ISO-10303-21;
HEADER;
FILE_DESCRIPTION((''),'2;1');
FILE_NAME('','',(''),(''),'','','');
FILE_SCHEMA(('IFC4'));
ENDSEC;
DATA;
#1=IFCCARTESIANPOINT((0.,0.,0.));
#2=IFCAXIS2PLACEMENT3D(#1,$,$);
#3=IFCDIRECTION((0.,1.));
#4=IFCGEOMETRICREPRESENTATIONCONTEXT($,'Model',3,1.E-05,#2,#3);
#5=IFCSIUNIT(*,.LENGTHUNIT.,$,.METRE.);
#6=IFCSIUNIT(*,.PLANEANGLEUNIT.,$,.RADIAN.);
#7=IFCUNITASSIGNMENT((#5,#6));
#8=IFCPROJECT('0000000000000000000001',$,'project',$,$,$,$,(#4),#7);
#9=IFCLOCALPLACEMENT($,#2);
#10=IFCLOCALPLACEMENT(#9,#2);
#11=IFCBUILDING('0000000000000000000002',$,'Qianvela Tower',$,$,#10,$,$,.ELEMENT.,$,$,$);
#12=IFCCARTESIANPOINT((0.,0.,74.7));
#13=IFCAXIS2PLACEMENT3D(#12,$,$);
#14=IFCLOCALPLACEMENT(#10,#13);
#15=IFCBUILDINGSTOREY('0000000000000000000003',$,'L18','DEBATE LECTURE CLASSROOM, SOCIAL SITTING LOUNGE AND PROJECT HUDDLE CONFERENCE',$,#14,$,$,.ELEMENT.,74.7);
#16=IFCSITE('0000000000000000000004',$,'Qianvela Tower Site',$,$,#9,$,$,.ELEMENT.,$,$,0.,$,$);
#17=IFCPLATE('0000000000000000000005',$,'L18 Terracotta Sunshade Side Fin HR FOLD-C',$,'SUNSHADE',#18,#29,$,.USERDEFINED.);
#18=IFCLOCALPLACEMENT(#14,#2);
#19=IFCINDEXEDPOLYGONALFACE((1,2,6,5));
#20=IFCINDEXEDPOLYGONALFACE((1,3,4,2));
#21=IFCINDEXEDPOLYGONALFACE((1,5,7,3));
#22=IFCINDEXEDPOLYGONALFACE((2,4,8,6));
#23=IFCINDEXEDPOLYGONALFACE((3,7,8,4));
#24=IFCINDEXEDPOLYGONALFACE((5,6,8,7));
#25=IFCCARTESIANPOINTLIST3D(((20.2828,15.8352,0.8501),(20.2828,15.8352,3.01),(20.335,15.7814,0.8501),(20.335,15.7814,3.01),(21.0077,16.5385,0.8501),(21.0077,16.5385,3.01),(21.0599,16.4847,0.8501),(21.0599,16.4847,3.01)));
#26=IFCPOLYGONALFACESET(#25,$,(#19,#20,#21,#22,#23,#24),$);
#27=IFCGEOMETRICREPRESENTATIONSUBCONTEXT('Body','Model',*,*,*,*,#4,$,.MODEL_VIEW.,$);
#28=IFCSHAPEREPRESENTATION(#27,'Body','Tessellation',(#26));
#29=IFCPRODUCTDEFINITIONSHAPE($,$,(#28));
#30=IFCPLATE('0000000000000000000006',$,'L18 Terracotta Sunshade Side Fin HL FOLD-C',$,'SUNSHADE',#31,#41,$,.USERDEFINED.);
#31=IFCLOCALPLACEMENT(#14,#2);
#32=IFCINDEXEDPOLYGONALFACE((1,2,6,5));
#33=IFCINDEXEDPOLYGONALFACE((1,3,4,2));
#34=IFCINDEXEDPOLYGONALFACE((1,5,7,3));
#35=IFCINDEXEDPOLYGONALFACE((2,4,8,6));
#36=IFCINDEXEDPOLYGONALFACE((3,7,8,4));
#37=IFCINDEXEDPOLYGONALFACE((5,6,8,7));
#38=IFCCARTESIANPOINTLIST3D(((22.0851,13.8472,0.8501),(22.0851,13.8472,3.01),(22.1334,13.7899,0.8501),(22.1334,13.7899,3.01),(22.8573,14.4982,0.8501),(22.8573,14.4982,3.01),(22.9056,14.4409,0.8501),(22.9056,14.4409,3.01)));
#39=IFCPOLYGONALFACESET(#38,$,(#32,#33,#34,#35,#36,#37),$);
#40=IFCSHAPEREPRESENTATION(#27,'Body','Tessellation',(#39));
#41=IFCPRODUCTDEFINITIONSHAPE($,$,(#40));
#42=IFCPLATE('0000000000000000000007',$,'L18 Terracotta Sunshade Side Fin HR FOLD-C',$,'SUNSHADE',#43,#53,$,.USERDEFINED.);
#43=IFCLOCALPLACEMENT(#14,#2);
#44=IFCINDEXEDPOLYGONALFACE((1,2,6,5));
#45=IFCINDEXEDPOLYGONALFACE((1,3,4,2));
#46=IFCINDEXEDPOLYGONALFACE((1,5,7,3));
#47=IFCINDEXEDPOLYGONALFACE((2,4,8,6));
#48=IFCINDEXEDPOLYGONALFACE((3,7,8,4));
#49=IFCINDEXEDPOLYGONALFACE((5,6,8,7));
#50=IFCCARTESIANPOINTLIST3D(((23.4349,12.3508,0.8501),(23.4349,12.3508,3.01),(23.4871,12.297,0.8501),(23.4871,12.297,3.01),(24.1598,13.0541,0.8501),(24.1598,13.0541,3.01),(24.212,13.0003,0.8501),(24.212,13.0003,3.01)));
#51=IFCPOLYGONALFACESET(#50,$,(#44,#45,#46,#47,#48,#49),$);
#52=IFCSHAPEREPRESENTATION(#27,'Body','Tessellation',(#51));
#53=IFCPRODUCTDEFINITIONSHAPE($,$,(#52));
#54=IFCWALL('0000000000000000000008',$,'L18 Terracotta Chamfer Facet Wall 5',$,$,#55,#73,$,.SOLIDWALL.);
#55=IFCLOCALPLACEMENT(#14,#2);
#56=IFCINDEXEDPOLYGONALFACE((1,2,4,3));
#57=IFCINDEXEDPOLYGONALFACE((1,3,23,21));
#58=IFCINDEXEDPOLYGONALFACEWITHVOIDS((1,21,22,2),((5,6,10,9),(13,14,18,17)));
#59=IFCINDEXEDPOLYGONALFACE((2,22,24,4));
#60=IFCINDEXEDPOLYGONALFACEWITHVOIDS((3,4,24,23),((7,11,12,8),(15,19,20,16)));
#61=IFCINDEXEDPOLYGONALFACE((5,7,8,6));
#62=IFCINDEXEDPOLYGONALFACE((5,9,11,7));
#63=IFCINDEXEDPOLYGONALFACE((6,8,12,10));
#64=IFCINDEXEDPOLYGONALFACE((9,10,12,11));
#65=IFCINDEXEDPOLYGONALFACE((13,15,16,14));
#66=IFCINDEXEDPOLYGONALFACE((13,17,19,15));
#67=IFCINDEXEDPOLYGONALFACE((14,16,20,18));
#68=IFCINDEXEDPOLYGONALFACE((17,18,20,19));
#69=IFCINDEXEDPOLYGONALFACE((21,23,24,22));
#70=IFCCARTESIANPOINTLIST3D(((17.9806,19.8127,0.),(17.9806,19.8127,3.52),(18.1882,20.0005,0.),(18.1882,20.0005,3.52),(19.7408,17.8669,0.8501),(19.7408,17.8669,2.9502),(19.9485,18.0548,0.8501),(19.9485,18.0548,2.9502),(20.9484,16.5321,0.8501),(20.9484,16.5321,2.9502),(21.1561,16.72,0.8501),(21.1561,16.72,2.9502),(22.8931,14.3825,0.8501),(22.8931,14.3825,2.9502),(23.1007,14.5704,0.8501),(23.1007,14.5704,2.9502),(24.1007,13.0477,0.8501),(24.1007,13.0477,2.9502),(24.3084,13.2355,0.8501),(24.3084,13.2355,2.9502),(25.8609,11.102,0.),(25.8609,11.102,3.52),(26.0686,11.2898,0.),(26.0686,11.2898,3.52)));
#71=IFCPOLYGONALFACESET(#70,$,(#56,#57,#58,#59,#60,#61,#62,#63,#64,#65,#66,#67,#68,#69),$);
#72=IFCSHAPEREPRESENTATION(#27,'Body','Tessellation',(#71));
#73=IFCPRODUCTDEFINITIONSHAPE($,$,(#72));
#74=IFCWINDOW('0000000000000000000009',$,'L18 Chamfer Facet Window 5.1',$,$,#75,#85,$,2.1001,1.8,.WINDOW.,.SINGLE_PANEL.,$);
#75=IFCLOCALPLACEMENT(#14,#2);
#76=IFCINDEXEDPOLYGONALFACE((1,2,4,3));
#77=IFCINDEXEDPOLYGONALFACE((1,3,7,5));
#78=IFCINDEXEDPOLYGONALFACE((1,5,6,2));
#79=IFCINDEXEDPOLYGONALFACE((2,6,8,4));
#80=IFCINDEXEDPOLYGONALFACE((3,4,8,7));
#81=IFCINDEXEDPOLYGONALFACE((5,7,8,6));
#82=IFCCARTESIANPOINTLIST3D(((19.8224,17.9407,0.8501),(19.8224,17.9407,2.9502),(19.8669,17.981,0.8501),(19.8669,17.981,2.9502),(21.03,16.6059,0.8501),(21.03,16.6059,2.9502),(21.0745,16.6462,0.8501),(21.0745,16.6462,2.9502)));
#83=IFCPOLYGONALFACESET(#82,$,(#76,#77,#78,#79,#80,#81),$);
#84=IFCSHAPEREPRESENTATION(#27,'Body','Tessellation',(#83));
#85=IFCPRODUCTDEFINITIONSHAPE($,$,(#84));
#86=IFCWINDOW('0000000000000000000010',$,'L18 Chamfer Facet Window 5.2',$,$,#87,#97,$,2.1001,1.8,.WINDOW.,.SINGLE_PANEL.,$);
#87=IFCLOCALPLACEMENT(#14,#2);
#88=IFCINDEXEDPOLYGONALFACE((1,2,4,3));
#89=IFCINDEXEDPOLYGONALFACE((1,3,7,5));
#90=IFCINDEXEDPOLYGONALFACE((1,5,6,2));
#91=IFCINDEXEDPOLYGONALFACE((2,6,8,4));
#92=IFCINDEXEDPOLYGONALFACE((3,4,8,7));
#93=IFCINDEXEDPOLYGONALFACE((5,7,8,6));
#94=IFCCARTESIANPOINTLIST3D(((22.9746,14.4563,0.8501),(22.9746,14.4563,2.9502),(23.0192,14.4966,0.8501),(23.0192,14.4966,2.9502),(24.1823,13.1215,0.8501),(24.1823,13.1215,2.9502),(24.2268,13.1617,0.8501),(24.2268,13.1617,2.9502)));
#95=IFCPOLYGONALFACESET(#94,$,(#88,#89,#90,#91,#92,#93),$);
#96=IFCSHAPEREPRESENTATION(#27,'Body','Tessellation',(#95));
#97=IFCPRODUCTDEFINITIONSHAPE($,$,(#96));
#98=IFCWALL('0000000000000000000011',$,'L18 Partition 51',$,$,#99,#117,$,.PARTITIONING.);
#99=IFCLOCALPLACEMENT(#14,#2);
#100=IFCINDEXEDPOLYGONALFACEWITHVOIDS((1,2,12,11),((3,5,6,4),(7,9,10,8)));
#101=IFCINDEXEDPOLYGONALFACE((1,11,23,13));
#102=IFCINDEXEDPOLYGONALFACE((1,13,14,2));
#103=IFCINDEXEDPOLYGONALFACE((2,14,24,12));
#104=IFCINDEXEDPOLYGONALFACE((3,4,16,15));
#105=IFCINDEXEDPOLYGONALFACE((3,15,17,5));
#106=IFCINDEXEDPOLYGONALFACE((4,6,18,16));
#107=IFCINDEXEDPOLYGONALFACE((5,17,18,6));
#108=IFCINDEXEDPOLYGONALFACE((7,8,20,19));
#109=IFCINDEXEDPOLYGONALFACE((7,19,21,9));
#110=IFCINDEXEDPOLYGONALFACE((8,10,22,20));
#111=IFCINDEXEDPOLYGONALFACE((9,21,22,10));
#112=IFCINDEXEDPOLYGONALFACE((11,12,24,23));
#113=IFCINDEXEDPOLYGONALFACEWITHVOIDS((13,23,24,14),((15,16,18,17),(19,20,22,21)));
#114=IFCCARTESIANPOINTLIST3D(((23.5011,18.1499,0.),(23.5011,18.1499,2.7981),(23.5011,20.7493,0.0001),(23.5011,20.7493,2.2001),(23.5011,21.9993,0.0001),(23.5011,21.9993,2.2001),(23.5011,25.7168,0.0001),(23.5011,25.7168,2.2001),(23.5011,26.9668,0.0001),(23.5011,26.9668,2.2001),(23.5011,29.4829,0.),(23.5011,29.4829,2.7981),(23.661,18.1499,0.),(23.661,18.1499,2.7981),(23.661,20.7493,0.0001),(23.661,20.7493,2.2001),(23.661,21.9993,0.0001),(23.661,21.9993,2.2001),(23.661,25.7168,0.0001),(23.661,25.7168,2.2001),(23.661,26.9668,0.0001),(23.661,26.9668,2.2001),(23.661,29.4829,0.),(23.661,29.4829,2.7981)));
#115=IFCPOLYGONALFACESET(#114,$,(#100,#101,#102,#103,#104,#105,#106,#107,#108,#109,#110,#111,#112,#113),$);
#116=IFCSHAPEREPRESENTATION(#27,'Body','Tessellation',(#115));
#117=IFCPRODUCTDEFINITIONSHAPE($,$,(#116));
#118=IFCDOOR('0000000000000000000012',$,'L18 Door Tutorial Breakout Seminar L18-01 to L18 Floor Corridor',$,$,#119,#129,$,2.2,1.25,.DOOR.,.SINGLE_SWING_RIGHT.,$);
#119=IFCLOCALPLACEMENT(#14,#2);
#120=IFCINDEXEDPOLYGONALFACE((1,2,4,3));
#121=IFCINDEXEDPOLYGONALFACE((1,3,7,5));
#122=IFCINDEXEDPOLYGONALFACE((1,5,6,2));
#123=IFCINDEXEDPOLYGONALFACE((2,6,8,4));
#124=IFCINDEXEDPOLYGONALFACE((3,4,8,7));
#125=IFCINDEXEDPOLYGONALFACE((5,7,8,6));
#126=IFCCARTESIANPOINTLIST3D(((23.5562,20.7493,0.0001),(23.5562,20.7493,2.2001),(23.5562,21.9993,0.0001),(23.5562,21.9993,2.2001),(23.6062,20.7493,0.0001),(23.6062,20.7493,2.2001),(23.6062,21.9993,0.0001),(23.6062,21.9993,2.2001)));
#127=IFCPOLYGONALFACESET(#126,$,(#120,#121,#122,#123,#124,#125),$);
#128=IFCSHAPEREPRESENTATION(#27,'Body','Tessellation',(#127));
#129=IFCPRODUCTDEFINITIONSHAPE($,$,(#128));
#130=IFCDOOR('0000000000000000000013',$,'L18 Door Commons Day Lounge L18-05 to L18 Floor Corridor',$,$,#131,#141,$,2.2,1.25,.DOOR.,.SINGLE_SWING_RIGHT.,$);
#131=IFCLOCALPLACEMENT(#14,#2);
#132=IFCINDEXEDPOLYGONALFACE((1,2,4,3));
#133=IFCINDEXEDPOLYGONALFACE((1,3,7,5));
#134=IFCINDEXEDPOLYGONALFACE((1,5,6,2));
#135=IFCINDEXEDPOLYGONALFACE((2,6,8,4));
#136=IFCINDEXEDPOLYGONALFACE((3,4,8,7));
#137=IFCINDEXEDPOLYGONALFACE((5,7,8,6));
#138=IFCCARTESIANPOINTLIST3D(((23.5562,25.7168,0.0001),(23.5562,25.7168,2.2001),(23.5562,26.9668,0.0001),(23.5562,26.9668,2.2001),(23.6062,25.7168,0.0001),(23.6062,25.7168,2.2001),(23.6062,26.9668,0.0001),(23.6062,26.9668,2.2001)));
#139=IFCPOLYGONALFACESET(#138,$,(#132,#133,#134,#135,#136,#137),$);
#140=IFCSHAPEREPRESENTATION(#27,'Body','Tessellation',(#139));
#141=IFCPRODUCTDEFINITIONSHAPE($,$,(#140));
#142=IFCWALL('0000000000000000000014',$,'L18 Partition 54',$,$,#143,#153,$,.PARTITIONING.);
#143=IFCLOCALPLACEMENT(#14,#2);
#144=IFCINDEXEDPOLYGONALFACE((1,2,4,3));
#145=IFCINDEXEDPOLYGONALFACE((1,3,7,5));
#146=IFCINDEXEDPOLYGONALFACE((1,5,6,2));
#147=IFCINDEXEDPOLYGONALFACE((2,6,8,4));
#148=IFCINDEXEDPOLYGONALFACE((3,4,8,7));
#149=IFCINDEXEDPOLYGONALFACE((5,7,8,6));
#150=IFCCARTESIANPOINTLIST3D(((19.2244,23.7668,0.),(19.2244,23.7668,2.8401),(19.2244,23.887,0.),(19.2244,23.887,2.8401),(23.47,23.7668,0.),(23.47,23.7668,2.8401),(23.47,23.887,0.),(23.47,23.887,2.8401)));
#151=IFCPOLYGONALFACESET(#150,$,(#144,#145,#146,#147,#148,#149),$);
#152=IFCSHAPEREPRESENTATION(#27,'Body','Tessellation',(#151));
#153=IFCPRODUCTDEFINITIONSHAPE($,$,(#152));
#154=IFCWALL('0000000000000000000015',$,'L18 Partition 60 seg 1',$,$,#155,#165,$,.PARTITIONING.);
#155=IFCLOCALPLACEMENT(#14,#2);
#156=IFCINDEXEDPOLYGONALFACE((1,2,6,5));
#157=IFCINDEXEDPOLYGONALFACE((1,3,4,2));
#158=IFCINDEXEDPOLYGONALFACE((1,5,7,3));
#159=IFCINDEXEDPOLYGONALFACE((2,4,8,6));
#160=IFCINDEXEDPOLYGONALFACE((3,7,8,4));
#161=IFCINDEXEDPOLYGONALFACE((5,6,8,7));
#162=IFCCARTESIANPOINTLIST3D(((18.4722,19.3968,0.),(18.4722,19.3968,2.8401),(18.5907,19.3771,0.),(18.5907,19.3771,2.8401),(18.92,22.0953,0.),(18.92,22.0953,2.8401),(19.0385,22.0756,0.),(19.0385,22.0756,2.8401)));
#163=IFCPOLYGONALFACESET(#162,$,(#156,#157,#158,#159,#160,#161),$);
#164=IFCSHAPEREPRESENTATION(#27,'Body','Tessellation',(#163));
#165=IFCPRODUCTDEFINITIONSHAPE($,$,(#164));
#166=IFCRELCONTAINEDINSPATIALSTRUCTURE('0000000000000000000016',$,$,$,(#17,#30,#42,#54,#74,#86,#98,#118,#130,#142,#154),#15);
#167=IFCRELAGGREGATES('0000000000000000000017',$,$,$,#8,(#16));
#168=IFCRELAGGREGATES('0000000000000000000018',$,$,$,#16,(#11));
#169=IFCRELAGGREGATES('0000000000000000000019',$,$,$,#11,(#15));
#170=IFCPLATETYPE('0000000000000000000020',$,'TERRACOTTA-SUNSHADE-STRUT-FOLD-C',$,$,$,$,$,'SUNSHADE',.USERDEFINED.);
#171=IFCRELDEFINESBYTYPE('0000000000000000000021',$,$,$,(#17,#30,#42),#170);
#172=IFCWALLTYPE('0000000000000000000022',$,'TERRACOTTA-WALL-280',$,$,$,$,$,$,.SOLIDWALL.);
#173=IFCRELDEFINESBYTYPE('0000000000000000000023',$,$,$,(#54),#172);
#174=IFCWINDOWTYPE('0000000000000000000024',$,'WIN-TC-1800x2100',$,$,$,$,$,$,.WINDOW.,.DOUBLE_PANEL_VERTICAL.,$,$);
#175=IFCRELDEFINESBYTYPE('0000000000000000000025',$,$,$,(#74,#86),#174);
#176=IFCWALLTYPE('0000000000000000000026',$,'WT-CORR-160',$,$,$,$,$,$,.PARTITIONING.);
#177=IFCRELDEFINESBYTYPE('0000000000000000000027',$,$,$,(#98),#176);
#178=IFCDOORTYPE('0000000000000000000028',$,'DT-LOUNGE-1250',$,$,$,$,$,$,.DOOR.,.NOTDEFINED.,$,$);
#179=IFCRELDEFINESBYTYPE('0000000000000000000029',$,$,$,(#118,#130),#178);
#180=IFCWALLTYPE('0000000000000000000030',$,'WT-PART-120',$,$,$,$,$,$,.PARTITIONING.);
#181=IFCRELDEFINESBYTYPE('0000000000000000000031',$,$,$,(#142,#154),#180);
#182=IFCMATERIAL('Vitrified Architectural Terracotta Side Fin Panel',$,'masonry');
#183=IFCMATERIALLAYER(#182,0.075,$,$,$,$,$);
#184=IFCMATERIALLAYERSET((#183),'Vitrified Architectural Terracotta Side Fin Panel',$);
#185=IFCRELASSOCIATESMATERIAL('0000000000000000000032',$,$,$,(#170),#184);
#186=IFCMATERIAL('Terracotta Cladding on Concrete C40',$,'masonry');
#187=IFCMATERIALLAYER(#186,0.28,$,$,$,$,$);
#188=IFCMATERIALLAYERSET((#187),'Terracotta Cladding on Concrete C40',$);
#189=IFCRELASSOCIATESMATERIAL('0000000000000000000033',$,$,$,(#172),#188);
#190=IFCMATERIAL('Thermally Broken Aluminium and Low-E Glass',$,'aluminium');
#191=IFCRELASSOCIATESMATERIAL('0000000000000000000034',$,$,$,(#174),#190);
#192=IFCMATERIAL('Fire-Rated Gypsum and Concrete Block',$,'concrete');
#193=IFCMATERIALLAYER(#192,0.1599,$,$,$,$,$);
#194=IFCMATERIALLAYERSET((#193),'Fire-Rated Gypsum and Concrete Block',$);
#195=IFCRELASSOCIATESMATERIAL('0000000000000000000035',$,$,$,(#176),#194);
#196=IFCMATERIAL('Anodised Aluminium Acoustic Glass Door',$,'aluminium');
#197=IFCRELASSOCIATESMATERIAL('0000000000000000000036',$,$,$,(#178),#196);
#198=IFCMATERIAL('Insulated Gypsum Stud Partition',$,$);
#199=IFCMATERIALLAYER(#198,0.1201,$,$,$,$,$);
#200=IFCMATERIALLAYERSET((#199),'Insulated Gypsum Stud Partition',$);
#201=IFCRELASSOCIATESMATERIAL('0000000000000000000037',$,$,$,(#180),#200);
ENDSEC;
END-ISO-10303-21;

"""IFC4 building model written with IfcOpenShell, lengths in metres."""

from ifc_helpers import new_model, si_unit, direction, frame, frame_2d, origin, origin_2d, place, context, subcontext, project, spatial, rectangle, extrude, material, layer, layer_set, type_object, element, fill, save


model = new_model("IFC4")

# Units and contexts
model_context = context("Model", 3, precision=1e-05, world=origin(), true_north=direction((0.0, 1.0)))
body_context = subcontext(model_context, "Body", "Model", "MODEL_VIEW")
ifc_project = project(units=[si_unit("LENGTHUNIT", "METRE"), si_unit("PLANEANGLEUNIT", "RADIAN")], contexts=[model_context])

# Site, building, storey
site_placement = place(None, origin())
site = spatial("IfcSite", under=ifc_project, at=site_placement, Name="Qianvela Tower Site", CompositionType="ELEMENT", RefElevation=0.0)
building_placement = place(site_placement, origin())
building = spatial("IfcBuilding", under=site, at=building_placement, Name="Qianvela Tower", CompositionType="ELEMENT")
storey_placement = place(building_placement, frame((0.0, 0.0, 74.7)))
storey = spatial("IfcBuildingStorey", under=building, at=storey_placement, Name="L18", Description="DEBATE LECTURE CLASSROOM, SOCIAL SITTING LOUNGE AND PROJECT HUDDLE CONFERENCE", CompositionType="ELEMENT", Elevation=74.7)

# Plates
ifc_material_1 = material(Name="Vitrified Architectural Terracotta Side Fin Panel", Category="masonry")
ifc_layer_1 = layer(ifc_material_1, 0.075)
ifc_layer_set_1 = layer_set([ifc_layer_1], Name="Vitrified Architectural Terracotta Side Fin Panel")
plate_type_1 = type_object("IfcPlateType", Name="TERRACOTTA-SUNSHADE-STRUT-FOLD-C", ElementType="SUNSHADE", PredefinedType="USERDEFINED", material=ifc_layer_set_1)
for number, where, z_axis, x_axis, name in (
    (1, (20.6714, 16.1599, 0.8501), (0.0, 0.0, 1.0), (0.696339, -0.717713, 0.0), "L18 Terracotta Sunshade Side Fin HR FOLD-C"),
    (2, (22.4954, 14.144, 0.8501), (0.0, 0.0, 1.0), (0.644577, -0.764539, 0.0), "L18 Terracotta Sunshade Side Fin HL FOLD-C"),
    (3, (23.8235, 12.6755, 0.8501), (0.0, 0.0, 1.0), (0.696339, -0.717713, 0.0), "L18 Terracotta Sunshade Side Fin HR FOLD-C"),
):
    element("IfcPlate", number, at=place(storey_placement, frame(where, z_axis=z_axis, x_axis=x_axis)), inside=storey, type_object=plate_type_1, Name=name, ObjectType="SUNSHADE", PredefinedType="USERDEFINED", context=body_context, shape_type="SweptSolid", body=[
        extrude(rectangle(XDim=0.075, YDim=1.01, at=origin_2d()), origin(), (0.0, 0.0, 1.0), 2.1599),
    ])

# Wall, openings, windows
ifc_material_2 = material(Name="Terracotta Cladding on Concrete C40", Category="masonry")
ifc_layer_2 = layer(ifc_material_2, 0.28)
ifc_layer_set_2 = layer_set([ifc_layer_2], Name="Terracotta Cladding on Concrete C40")
wall_type_1 = type_object("IfcWallType", Name="TERRACOTTA-WALL-280", PredefinedType="SOLIDWALL", material=ifc_layer_set_2)
wall_1_placement = place(storey_placement, frame((18.0845, 19.9065, 0.0), z_axis=(0.0, 0.0, 1.0), x_axis=(0.670879, -0.741567, 0.0)))
wall_1 = element("IfcWall", 4, at=wall_1_placement, inside=storey, type_object=wall_type_1, Name="L18 Terracotta Chamfer Facet Wall 5", PredefinedType="SOLIDWALL", context=body_context, shape_type="SweptSolid", body=[
    extrude(rectangle(XDim=11.7463, YDim=0.28, at=frame_2d((5.873, 0.0))), origin(), (0.0, 0.0, 1.0), 3.52),
])
opening_1_placement = place(wall_1_placement, frame((2.6238, 0.0, 0.8501)))
opening_1 = element("IfcOpeningElement", 5, at=opening_1_placement, cuts=wall_1, PredefinedType="OPENING", context=body_context, shape_type="SweptSolid", body=[
    extrude(rectangle(XDim=1.8, YDim=2.1001, at=frame_2d((0.8999, 1.05))), frame((0.0, 0.1499, 0.0), z_axis=(0.0, -1.0, 0.0), x_axis=(1.0, 0.0, 0.0)), (0.0, 0.0, 1.0), 0.3),
])
opening_2_placement = place(wall_1_placement, frame((7.3225, 0.0, 0.8501)))
opening_2 = element("IfcOpeningElement", 6, at=opening_2_placement, cuts=wall_1, PredefinedType="OPENING", context=body_context, shape_type="SweptSolid", body=[
    extrude(rectangle(XDim=1.8, YDim=2.1001, at=frame_2d((0.8999, 1.05))), frame((0.0, 0.1499, 0.0), z_axis=(0.0, -1.0, 0.0), x_axis=(1.0, 0.0, 0.0)), (0.0, 0.0, 1.0), 0.3),
])
ifc_material_3 = material(Name="Thermally Broken Aluminium and Low-E Glass", Category="aluminium")
window_type = type_object("IfcWindowType", Name="WIN-TC-1800x2100", PartitioningType="DOUBLE_PANEL_VERTICAL", PredefinedType="WINDOW", material=ifc_material_3)
window_1_placement = place(opening_1_placement, origin())
window_1 = element("IfcWindow", 7, at=window_1_placement, inside=storey, type_object=window_type, Name="L18 Chamfer Facet Window 5.1", OverallHeight=2.1001, OverallWidth=1.8, PartitioningType="SINGLE_PANEL", PredefinedType="WINDOW", context=body_context, shape_type="SweptSolid", body=[
    extrude(rectangle(XDim=1.8, YDim=2.1001, at=frame_2d((0.8999, 1.05))), frame((0.0, 0.03, 0.0), z_axis=(0.0, -1.0, 0.0), x_axis=(1.0, 0.0, 0.0)), (0.0, 0.0, 1.0), 0.0601),
])
fill(opening_1, window_1)
window_2_placement = place(opening_2_placement, origin())
window_2 = element("IfcWindow", 8, at=window_2_placement, inside=storey, type_object=window_type, Name="L18 Chamfer Facet Window 5.2", OverallHeight=2.1001, OverallWidth=1.8, PartitioningType="SINGLE_PANEL", PredefinedType="WINDOW", context=body_context, shape_type="SweptSolid", body=[
    extrude(rectangle(XDim=1.8, YDim=2.1001, at=frame_2d((0.8999, 1.05))), frame((0.0, 0.03, 0.0), z_axis=(0.0, -1.0, 0.0), x_axis=(1.0, 0.0, 0.0)), (0.0, 0.0, 1.0), 0.0601),
])
fill(opening_2, window_2)

# Wall, openings, doors
ifc_material_4 = material(Name="Fire-Rated Gypsum and Concrete Block", Category="concrete")
ifc_layer_3 = layer(ifc_material_4, 0.1599)
ifc_layer_set_3 = layer_set([ifc_layer_3], Name="Fire-Rated Gypsum and Concrete Block")
wall_type_2 = type_object("IfcWallType", Name="WT-CORR-160", PredefinedType="PARTITIONING", material=ifc_layer_set_3)
wall_2_placement = place(storey_placement, frame((23.5811, 18.1499, 0.0), z_axis=(0.0, 0.0, 1.0), x_axis=(0.0, 1.0, 0.0)))
wall_2 = element("IfcWall", 9, at=wall_2_placement, inside=storey, type_object=wall_type_2, Name="L18 Partition 51", PredefinedType="PARTITIONING", context=body_context, shape_type="SweptSolid", body=[
    extrude(rectangle(XDim=11.333, YDim=0.1599, at=frame_2d((5.6665, 0.0))), origin(), (0.0, 0.0, 1.0), 2.7981),
])
opening_3_placement = place(wall_2_placement, frame((2.5994, 0.0, 0.0)))
opening_3 = element("IfcOpeningElement", 10, at=opening_3_placement, cuts=wall_2, PredefinedType="OPENING", context=body_context, shape_type="SweptSolid", body=[
    extrude(rectangle(XDim=1.25, YDim=2.2, at=frame_2d((0.625, 1.1001))), frame((0.0, 0.0898, 0.0), z_axis=(0.0, -1.0, 0.0), x_axis=(1.0, 0.0, 0.0)), (0.0, 0.0, 1.0), 0.1799),
])
opening_4_placement = place(wall_2_placement, frame((7.5669, 0.0, 0.0)))
opening_4 = element("IfcOpeningElement", 11, at=opening_4_placement, cuts=wall_2, PredefinedType="OPENING", context=body_context, shape_type="SweptSolid", body=[
    extrude(rectangle(XDim=1.25, YDim=2.2, at=frame_2d((0.625, 1.1001))), frame((0.0, 0.0898, 0.0), z_axis=(0.0, -1.0, 0.0), x_axis=(1.0, 0.0, 0.0)), (0.0, 0.0, 1.0), 0.1799),
])
ifc_material_5 = material(Name="Anodised Aluminium Acoustic Glass Door", Category="aluminium")
door_type = type_object("IfcDoorType", Name="DT-LOUNGE-1250", OperationType="NOTDEFINED", PredefinedType="DOOR", material=ifc_material_5)
door_1_placement = place(opening_3_placement, origin())
door_1 = element("IfcDoor", 12, at=door_1_placement, inside=storey, type_object=door_type, Name="L18 Door Tutorial Breakout Seminar L18-01 to L18 Floor Corridor", OperationType="SINGLE_SWING_RIGHT", OverallHeight=2.2, OverallWidth=1.25, PredefinedType="DOOR", context=body_context, shape_type="SweptSolid", body=[
    extrude(rectangle(XDim=1.25, YDim=2.2, at=frame_2d((0.625, 1.1001))), frame((0.0, 0.0249, 0.0), z_axis=(0.0, -1.0, 0.0), x_axis=(1.0, 0.0, 0.0)), (0.0, 0.0, 1.0), 0.05),
])
fill(opening_3, door_1)
door_2_placement = place(opening_4_placement, origin())
door_2 = element("IfcDoor", 13, at=door_2_placement, inside=storey, type_object=door_type, Name="L18 Door Commons Day Lounge L18-05 to L18 Floor Corridor", OperationType="SINGLE_SWING_RIGHT", OverallHeight=2.2, OverallWidth=1.25, PredefinedType="DOOR", context=body_context, shape_type="SweptSolid", body=[
    extrude(rectangle(XDim=1.25, YDim=2.2, at=frame_2d((0.625, 1.1001))), frame((0.0, 0.0249, 0.0), z_axis=(0.0, -1.0, 0.0), x_axis=(1.0, 0.0, 0.0)), (0.0, 0.0, 1.0), 0.05),
])
fill(opening_4, door_2)

# Walls
ifc_material_6 = material(Name="Insulated Gypsum Stud Partition")
ifc_layer_4 = layer(ifc_material_6, 0.1201)
ifc_layer_set_4 = layer_set([ifc_layer_4], Name="Insulated Gypsum Stud Partition")
wall_type_3 = type_object("IfcWallType", Name="WT-PART-120", PredefinedType="PARTITIONING", material=ifc_layer_set_4)
wall_3_placement = place(storey_placement, frame((19.2244, 23.8269, 0.0), z_axis=(0.0, 0.0, 1.0), x_axis=(1.0, 0.0, 0.0)))
element("IfcWall", 14, at=wall_3_placement, inside=storey, type_object=wall_type_3, Name="L18 Partition 54", PredefinedType="PARTITIONING", context=body_context, shape_type="SweptSolid", body=[
    extrude(rectangle(XDim=4.2456, YDim=0.1201, at=frame_2d((2.1228, 0.0))), origin(), (0.0, 0.0, 1.0), 2.8401),
])
wall_4_placement = place(storey_placement, frame((18.5315, 19.387, 0.0), z_axis=(0.0, 0.0, 1.0), x_axis=(0.16369, 0.986512, 0.0)))
element("IfcWall", 15, at=wall_4_placement, inside=storey, type_object=wall_type_3, Name="L18 Partition 60 seg 1", PredefinedType="PARTITIONING", context=body_context, shape_type="SweptSolid", body=[
    extrude(rectangle(XDim=2.7354, YDim=0.1201, at=frame_2d((1.3677, 0.0))), origin(), (0.0, 0.0, 1.0), 2.8401),
])

save(model, "model.ifc")
